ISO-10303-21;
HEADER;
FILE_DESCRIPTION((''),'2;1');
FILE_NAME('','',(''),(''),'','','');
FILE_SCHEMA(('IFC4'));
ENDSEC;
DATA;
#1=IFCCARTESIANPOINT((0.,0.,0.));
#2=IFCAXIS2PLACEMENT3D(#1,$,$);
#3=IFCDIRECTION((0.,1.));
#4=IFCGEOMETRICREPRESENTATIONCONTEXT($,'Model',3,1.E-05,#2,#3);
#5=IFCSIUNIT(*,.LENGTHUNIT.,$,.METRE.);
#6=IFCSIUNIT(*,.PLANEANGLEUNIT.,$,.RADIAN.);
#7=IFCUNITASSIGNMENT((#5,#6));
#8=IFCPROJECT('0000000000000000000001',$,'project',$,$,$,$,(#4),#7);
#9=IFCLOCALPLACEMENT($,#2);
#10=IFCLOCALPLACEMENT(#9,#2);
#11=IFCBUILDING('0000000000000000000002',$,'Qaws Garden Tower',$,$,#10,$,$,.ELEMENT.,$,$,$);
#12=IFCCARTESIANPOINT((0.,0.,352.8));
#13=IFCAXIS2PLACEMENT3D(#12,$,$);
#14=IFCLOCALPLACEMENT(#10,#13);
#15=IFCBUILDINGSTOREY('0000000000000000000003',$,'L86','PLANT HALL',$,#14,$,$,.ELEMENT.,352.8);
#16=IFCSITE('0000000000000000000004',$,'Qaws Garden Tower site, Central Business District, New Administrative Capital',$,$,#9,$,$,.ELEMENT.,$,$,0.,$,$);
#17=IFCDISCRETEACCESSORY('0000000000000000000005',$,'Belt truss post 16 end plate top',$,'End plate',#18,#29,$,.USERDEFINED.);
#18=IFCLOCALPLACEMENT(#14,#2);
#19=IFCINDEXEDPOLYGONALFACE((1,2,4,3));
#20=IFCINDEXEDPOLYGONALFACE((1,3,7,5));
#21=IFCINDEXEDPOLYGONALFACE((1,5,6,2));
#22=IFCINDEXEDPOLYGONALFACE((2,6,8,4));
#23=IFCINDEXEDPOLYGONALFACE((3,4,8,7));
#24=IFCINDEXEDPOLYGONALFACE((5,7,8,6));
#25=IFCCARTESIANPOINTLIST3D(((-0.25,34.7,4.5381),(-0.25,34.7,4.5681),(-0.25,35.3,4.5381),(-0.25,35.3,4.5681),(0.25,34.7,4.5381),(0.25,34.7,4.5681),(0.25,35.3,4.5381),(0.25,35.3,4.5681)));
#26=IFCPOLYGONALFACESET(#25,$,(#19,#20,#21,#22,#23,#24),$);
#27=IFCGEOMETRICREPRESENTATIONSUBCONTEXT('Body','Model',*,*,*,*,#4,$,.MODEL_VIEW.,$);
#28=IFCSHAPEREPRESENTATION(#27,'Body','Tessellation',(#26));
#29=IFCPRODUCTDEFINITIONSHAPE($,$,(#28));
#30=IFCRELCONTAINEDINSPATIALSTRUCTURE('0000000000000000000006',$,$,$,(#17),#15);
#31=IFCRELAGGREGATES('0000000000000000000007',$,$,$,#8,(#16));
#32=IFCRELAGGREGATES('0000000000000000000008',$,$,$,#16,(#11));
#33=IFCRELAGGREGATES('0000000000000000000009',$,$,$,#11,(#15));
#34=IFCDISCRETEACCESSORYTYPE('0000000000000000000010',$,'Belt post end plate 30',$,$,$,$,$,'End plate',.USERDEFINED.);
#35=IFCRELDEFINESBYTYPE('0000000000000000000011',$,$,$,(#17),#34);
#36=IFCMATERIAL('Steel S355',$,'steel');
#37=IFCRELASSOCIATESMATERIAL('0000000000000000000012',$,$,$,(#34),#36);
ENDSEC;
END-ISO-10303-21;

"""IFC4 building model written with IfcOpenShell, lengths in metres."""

from ifc_helpers import new_model, si_unit, direction, frame, origin, origin_2d, place, context, subcontext, project, spatial, rectangle, extrude, material, type_object, element, save


model = new_model("IFC4")

# Units and contexts
model_context = context("Model", 3, precision=1e-05, world=origin(), true_north=direction((0.0, 1.0)))
body_context = subcontext(model_context, "Body", "Model", "MODEL_VIEW")
ifc_project = project(units=[si_unit("LENGTHUNIT", "METRE"), si_unit("PLANEANGLEUNIT", "RADIAN")], contexts=[model_context])

# Site, building, storey
site_placement = place(None, origin())
site = spatial("IfcSite", under=ifc_project, at=site_placement, Name="Qaws Garden Tower site, Central Business District, New Administrative Capital", CompositionType="ELEMENT", RefElevation=0.0)
building_placement = place(site_placement, origin())
building = spatial("IfcBuilding", under=site, at=building_placement, Name="Qaws Garden Tower", CompositionType="ELEMENT")
storey_placement = place(building_placement, frame((0.0, 0.0, 352.8)))
storey = spatial("IfcBuildingStorey", under=building, at=storey_placement, Name="L86", Description="PLANT HALL", CompositionType="ELEMENT", Elevation=352.8)

# Discrete accessory
ifc_material_1 = material(Name="Steel S355", Category="steel")
discrete_accessory_type = type_object("IfcDiscreteAccessoryType", Name="Belt post end plate 30", ElementType="End plate", PredefinedType="USERDEFINED", material=ifc_material_1)
for number, where, z_axis, x_axis, name in (
    (1, (0.0, 35.0, 4.5381), (0.0, 0.0, 1.0), (1.0, 0.0, 0.0), "Belt truss post 16 end plate top"),
):
    element("IfcDiscreteAccessory", number, at=place(storey_placement, frame(where, z_axis=z_axis, x_axis=x_axis)), inside=storey, type_object=discrete_accessory_type, Name=name, ObjectType="End plate", PredefinedType="USERDEFINED", context=body_context, shape_type="SweptSolid", body=[
        extrude(rectangle(XDim=0.5, YDim=0.6001, at=origin_2d()), origin(), (0.0, 0.0, 1.0), 0.03),
    ])

save(model, "model.ifc")
